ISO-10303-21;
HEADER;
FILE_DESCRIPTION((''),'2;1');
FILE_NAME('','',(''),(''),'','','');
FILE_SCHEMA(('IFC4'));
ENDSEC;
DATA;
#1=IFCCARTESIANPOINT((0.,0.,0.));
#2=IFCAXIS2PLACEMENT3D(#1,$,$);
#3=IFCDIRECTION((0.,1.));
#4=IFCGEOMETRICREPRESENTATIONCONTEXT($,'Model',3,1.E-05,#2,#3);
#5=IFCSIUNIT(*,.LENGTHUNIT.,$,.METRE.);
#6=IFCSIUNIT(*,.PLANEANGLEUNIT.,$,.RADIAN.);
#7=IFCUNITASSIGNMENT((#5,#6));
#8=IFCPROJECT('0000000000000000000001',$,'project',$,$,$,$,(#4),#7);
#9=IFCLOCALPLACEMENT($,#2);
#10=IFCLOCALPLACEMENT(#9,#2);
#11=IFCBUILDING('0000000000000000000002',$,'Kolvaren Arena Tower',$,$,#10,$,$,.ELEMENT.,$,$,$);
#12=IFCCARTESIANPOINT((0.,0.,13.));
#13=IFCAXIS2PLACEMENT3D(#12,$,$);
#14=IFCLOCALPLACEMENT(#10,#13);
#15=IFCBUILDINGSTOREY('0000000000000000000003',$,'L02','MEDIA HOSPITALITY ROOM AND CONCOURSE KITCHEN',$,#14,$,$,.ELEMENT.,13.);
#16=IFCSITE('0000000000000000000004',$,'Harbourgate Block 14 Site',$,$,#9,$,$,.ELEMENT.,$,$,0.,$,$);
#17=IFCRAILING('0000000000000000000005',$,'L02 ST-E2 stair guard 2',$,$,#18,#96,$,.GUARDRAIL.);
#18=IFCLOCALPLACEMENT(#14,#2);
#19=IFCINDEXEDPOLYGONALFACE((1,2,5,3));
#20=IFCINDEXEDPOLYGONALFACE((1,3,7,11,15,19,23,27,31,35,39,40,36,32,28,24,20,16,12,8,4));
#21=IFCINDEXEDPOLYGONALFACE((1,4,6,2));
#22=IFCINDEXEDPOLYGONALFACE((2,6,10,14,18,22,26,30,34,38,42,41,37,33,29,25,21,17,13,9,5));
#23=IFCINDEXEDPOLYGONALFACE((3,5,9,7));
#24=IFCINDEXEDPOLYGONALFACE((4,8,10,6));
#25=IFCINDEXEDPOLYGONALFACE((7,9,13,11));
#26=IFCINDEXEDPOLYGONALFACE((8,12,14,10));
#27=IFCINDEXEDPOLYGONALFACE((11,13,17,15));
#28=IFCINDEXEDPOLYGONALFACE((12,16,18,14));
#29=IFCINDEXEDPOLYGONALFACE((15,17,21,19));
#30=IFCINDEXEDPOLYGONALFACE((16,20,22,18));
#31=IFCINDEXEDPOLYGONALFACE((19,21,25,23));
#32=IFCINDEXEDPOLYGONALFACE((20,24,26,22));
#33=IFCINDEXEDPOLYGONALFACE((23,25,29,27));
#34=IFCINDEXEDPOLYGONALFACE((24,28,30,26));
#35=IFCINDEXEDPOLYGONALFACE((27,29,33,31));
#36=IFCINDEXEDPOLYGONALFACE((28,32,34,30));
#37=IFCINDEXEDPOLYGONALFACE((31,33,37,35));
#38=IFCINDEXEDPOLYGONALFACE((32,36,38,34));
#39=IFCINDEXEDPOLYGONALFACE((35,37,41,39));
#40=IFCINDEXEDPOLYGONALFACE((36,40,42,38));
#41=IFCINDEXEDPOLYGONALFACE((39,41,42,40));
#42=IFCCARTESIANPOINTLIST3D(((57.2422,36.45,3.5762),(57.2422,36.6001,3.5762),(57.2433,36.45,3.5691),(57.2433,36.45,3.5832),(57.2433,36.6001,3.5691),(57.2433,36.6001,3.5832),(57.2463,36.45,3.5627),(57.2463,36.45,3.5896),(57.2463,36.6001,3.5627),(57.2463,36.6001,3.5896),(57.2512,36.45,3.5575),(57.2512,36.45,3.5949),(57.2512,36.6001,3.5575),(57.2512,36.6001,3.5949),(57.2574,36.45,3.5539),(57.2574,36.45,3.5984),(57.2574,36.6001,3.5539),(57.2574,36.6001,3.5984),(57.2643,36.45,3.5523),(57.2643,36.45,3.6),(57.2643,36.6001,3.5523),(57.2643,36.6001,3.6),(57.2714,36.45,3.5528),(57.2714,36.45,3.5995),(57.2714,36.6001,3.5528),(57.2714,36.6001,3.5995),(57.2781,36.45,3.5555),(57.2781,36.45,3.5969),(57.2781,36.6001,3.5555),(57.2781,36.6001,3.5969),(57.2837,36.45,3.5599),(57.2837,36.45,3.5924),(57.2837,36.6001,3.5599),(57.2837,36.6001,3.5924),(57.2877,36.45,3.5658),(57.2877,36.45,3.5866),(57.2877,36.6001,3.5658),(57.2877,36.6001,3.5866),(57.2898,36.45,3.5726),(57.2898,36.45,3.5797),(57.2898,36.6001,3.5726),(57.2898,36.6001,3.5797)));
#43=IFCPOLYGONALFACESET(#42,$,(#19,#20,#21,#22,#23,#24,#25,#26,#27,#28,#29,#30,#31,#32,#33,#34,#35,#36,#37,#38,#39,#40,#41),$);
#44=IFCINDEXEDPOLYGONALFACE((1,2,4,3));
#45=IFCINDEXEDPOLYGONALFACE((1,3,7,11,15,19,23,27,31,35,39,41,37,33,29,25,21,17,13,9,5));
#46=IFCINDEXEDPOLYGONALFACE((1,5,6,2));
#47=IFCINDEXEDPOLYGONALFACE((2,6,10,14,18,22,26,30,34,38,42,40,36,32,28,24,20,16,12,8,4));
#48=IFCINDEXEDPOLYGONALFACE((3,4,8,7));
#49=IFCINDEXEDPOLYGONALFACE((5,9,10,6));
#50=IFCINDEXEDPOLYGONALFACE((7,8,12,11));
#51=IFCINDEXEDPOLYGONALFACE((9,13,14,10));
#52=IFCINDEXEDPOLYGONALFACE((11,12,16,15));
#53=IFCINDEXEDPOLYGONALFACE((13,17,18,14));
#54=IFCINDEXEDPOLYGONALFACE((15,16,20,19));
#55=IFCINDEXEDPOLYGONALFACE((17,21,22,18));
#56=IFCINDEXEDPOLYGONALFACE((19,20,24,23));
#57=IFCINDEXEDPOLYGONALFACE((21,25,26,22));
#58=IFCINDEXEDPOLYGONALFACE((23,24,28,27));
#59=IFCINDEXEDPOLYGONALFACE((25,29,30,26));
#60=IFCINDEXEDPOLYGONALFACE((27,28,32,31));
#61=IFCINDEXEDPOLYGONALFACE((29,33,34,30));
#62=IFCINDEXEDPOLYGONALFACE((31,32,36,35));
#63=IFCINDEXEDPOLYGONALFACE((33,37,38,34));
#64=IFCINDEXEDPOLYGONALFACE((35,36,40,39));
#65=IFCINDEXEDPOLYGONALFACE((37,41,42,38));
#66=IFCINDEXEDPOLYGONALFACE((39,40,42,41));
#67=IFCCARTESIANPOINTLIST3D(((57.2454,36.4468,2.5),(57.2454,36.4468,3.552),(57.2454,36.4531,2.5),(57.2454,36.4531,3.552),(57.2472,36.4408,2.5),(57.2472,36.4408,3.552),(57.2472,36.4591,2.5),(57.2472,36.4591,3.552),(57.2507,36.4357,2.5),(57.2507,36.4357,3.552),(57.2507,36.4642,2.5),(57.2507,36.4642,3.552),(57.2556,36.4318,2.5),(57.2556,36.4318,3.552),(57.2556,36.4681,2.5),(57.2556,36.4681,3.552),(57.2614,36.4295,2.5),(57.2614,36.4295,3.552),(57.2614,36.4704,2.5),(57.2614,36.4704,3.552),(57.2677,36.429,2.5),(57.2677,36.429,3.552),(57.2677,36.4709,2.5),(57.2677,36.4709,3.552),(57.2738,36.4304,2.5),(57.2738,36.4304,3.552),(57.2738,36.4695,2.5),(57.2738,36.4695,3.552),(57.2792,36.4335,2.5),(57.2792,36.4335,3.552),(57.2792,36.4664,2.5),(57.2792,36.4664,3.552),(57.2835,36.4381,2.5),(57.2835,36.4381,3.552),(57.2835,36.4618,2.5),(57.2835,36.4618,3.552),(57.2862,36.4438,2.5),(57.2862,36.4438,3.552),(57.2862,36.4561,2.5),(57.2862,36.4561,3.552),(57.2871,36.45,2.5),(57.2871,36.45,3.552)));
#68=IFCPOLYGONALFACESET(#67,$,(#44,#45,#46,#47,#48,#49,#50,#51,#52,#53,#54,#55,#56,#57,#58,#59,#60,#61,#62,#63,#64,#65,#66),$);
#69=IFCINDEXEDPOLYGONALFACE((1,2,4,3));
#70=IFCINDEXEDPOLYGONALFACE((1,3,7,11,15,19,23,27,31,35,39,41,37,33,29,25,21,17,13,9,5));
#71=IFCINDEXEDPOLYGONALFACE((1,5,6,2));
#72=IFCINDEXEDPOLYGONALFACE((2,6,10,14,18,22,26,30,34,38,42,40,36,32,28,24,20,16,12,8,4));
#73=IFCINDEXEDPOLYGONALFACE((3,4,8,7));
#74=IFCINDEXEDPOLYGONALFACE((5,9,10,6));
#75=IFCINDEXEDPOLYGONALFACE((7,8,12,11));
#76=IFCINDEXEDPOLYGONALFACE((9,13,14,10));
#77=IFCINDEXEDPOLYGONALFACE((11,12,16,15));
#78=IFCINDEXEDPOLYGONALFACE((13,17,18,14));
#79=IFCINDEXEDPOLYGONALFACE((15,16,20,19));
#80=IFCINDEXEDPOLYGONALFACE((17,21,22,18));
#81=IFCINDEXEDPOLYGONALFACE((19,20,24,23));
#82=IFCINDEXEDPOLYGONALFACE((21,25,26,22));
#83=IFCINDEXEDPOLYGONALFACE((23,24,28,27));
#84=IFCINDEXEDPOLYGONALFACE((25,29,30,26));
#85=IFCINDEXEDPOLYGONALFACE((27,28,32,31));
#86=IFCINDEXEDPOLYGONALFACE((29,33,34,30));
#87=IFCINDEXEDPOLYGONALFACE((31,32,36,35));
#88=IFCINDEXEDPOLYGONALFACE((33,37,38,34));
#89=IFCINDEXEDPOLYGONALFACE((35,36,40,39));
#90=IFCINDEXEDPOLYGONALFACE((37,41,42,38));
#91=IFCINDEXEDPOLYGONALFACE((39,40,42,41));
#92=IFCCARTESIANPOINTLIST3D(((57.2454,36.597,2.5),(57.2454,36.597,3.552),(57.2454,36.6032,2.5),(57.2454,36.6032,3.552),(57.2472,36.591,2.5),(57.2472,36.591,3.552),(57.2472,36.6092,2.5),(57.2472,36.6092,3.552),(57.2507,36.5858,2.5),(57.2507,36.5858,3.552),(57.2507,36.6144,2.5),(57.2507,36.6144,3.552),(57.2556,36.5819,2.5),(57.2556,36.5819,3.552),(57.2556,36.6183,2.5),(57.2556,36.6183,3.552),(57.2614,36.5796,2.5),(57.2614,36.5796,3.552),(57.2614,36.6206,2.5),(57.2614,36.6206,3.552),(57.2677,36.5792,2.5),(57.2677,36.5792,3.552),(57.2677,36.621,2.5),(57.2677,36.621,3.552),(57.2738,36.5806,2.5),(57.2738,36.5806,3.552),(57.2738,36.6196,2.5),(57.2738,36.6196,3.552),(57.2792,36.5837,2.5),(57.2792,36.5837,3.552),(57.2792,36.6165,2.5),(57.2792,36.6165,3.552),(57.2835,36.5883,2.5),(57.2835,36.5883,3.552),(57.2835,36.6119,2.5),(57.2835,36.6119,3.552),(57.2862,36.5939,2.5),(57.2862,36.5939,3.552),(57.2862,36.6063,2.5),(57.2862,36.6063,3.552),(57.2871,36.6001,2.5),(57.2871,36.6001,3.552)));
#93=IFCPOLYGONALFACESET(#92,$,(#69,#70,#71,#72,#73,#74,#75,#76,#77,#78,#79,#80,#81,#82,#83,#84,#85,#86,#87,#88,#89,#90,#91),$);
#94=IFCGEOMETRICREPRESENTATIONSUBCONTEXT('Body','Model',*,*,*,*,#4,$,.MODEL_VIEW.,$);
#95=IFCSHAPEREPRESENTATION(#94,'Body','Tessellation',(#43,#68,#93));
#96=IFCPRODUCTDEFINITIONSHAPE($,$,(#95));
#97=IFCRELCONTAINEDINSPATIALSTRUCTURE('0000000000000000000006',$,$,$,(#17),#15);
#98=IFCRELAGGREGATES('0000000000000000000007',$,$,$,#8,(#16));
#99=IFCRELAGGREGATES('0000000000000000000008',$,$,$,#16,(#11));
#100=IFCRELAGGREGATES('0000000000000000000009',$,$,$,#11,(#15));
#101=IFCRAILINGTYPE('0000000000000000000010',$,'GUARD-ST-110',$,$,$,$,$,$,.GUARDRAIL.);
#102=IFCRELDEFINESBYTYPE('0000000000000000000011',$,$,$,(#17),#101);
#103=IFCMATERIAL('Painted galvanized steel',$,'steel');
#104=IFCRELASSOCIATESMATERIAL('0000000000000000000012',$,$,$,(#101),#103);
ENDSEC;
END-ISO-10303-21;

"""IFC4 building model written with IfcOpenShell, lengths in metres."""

from ifc_helpers import new_model, si_unit, direction, frame, origin, origin_2d, place, context, subcontext, project, spatial, circle, extrude, material, type_object, element, save


model = new_model("IFC4")

# Units and contexts
model_context = context("Model", 3, precision=1e-05, world=origin(), true_north=direction((0.0, 1.0)))
body_context = subcontext(model_context, "Body", "Model", "MODEL_VIEW")
ifc_project = project(units=[si_unit("LENGTHUNIT", "METRE"), si_unit("PLANEANGLEUNIT", "RADIAN")], contexts=[model_context])

# Site, building, storey
site_placement = place(None, origin())
site = spatial("IfcSite", under=ifc_project, at=site_placement, Name="Harbourgate Block 14 Site", CompositionType="ELEMENT", RefElevation=0.0)
building_placement = place(site_placement, origin())
building = spatial("IfcBuilding", under=site, at=building_placement, Name="Kolvaren Arena Tower", CompositionType="ELEMENT")
storey_placement = place(building_placement, frame((0.0, 0.0, 13.0)))
storey = spatial("IfcBuildingStorey", under=building, at=storey_placement, Name="L02", Description="MEDIA HOSPITALITY ROOM AND CONCOURSE KITCHEN", CompositionType="ELEMENT", Elevation=13.0)

# Railing
ifc_material_1 = material(Name="Painted galvanized steel", Category="steel")
railing_type_1 = type_object("IfcRailingType", Name="GUARD-ST-110", PredefinedType="GUARDRAIL", material=ifc_material_1)
for number, where, name in (
    (1, (57.2661, 36.45, 2.5), "L02 ST-E2 stair guard 2"),
):
    element("IfcRailing", number, at=place(storey_placement, frame(where)), inside=storey, type_object=railing_type_1, Name=name, PredefinedType="GUARDRAIL", context=body_context, shape_type="SweptSolid", body=[
        extrude(circle(Radius=0.0239, at=origin_2d()), frame((0.0, 0.0, 1.0762), z_axis=(0.0, 1.0, 0.0), x_axis=(-1.0, 0.0, 0.0)), (0.0, 0.0, 1.0), 0.1501),
        extrude(circle(Radius=0.021, at=origin_2d()), origin(), (0.0, 0.0, 1.0), 1.052),
        extrude(circle(Radius=0.021, at=origin_2d()), frame((0.0, 0.1501, 0.0)), (0.0, 0.0, 1.0), 1.052),
    ])

save(model, "model.ifc")
